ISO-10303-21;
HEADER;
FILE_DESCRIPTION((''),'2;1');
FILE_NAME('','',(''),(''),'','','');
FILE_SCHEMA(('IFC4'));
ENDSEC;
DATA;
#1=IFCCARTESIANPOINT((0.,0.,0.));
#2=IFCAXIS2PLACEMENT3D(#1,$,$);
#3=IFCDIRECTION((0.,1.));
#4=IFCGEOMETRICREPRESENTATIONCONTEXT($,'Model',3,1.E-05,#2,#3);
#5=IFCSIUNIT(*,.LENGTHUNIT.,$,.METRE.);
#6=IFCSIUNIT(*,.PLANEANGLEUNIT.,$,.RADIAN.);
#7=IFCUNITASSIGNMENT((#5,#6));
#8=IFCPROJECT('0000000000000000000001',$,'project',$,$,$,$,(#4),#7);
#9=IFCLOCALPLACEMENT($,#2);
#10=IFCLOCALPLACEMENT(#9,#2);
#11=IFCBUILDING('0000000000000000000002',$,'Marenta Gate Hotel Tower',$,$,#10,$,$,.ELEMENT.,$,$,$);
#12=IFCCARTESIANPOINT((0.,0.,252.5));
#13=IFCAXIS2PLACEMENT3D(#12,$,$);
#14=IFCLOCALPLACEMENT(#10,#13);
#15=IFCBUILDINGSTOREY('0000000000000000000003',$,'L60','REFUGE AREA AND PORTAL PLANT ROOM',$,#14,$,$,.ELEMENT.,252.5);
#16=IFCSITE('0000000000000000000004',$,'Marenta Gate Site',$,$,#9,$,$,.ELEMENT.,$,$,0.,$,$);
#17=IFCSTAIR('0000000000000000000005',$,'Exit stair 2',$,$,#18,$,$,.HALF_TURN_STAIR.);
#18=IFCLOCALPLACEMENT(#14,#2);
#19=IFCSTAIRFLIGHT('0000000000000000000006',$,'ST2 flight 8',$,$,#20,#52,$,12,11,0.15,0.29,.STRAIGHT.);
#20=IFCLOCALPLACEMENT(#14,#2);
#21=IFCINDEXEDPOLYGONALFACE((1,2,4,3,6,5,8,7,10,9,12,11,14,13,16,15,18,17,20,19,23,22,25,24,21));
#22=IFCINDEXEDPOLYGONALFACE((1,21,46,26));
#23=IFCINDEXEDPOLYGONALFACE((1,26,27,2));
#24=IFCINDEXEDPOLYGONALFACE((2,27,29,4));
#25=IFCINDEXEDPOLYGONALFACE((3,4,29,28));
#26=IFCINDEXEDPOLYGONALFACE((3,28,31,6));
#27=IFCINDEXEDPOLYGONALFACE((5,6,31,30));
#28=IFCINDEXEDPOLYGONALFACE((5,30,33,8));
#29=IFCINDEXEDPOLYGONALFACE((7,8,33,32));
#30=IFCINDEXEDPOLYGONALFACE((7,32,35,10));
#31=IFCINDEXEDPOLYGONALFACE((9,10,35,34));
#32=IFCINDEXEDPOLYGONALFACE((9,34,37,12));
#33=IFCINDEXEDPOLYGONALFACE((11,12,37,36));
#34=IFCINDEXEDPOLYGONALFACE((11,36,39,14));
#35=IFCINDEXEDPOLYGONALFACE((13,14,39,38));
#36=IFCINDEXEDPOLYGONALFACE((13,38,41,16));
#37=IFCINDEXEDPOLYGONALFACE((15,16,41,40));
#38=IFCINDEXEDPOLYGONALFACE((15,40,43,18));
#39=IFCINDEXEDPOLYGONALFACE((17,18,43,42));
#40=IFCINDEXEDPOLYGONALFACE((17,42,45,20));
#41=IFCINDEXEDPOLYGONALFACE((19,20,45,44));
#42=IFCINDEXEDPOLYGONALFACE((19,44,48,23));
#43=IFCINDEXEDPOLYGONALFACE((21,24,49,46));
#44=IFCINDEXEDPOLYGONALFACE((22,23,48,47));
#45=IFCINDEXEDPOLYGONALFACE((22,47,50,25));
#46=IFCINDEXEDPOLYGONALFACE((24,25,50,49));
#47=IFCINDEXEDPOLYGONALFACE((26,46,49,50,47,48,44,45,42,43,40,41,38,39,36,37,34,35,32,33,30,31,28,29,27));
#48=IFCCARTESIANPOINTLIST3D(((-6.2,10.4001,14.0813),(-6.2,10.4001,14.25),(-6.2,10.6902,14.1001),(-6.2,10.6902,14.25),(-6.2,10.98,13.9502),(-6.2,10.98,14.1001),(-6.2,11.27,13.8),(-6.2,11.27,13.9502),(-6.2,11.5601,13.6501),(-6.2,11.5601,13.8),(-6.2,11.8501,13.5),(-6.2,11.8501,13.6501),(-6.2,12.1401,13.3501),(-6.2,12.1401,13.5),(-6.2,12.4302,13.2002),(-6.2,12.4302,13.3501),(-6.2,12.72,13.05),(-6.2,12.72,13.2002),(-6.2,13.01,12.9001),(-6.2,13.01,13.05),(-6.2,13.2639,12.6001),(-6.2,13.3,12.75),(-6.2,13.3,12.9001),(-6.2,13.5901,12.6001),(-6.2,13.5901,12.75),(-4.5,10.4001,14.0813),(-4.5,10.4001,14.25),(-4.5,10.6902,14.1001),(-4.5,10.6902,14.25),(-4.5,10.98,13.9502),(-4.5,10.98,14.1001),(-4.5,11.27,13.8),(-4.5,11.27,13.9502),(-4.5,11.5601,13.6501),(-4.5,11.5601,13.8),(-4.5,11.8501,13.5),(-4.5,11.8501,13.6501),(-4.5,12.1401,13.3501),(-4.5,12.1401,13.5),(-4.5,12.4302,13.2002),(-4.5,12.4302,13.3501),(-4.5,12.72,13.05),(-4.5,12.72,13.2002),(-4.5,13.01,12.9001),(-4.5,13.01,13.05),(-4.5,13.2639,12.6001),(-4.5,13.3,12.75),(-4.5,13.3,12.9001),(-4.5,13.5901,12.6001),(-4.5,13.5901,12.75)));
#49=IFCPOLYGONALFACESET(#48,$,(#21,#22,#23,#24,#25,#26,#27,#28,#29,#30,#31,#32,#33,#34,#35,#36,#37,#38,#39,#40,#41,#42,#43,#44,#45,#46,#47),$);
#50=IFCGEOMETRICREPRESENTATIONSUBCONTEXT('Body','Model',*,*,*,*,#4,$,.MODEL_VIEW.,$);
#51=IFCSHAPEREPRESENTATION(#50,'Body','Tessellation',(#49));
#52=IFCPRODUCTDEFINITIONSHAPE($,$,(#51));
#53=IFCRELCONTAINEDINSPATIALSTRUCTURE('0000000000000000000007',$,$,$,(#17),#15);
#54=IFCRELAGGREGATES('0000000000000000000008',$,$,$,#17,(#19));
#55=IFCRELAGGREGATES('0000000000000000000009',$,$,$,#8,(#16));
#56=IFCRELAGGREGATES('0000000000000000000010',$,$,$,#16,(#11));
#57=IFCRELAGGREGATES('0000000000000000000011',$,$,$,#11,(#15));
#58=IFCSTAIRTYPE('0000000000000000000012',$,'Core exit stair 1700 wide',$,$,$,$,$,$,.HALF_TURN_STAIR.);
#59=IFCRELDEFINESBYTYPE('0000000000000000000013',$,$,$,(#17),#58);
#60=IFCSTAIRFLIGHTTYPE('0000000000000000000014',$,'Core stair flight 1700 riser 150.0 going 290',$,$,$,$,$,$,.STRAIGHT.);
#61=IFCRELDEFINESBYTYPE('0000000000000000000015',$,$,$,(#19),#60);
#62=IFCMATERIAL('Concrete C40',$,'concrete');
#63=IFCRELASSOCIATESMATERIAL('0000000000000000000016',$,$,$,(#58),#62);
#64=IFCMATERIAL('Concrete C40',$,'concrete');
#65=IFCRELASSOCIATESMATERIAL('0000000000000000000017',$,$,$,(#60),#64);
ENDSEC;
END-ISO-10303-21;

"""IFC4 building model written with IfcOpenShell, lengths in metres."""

from ifc_helpers import new_model, si_unit, direction, frame, origin, place, context, subcontext, project, spatial, polyline, outline, extrude, material, type_object, element, aggregate, save


model = new_model("IFC4")

# Units and contexts
model_context = context("Model", 3, precision=1e-05, world=origin(), true_north=direction((0.0, 1.0)))
body_context = subcontext(model_context, "Body", "Model", "MODEL_VIEW")
ifc_project = project(units=[si_unit("LENGTHUNIT", "METRE"), si_unit("PLANEANGLEUNIT", "RADIAN")], contexts=[model_context])

# Site, building, storey
site_placement = place(None, origin())
site = spatial("IfcSite", under=ifc_project, at=site_placement, Name="Marenta Gate Site", CompositionType="ELEMENT", RefElevation=0.0)
building_placement = place(site_placement, origin())
building = spatial("IfcBuilding", under=site, at=building_placement, Name="Marenta Gate Hotel Tower", CompositionType="ELEMENT")
storey_placement = place(building_placement, frame((0.0, 0.0, 252.5)))
storey = spatial("IfcBuildingStorey", under=building, at=storey_placement, Name="L60", Description="REFUGE AREA AND PORTAL PLANT ROOM", CompositionType="ELEMENT", Elevation=252.5)

# Stair, stair flight
ifc_material_1 = material(Name="Concrete C40", Category="concrete")
stair_type = type_object("IfcStairType", Name="Core exit stair 1700 wide", PredefinedType="HALF_TURN_STAIR", material=ifc_material_1)
stair_placement = place(storey_placement, origin())
stair = element("IfcStair", 1, at=stair_placement, inside=storey, type_object=stair_type, Name="Exit stair 2", PredefinedType="HALF_TURN_STAIR")
ifc_material_2 = material(Name="Concrete C40", Category="concrete")
stair_flight_type = type_object("IfcStairFlightType", Name="Core stair flight 1700 riser 150.0 going 290", PredefinedType="STRAIGHT", material=ifc_material_2)
stair_flight_1_placement = place(storey_placement, frame((-5.3501, 13.5901, 12.6001), z_axis=(0.0, 0.0, 1.0), x_axis=(0.0, -1.0, 0.0)))
stair_flight_1 = element("IfcStairFlight", 2, at=stair_flight_1_placement, type_object=stair_flight_type, Name="ST2 flight 8", NumberOfRisers=12, NumberOfTreads=11, PredefinedType="STRAIGHT", RiserHeight=0.15, TreadLength=0.29, context=body_context, shape_type="SweptSolid", body=[
    extrude(outline(polyline([(0.0, 0.0), (0.0, 0.1499), (0.29, 0.1499), (0.29, 0.3), (0.5801, 0.3), (0.5801, 0.45), (0.8701, 0.45), (0.8701, 0.6001), (1.1599, 0.6001), (1.1599, 0.75), (1.45, 0.75), (1.45, 0.8999), (1.74, 0.8999), (1.74, 1.05), (2.03, 1.05), (2.03, 1.2), (2.3201, 1.2), (2.3201, 1.3501), (2.6101, 1.3501), (2.6101, 1.5), (2.8999, 1.5), (2.8999, 1.6499), (3.1899, 1.6499), (3.1899, 1.8), (3.1899, 1.4812), (0.3262, 0.0), (0.0, 0.0)])), frame((0.0, 0.8501, 0.0), z_axis=(0.0, -1.0, 0.0), x_axis=(1.0, 0.0, 0.0)), (0.0, 0.0, 1.0), 1.7),
])
aggregate(stair, [stair_flight_1])

save(model, "model.ifc")
